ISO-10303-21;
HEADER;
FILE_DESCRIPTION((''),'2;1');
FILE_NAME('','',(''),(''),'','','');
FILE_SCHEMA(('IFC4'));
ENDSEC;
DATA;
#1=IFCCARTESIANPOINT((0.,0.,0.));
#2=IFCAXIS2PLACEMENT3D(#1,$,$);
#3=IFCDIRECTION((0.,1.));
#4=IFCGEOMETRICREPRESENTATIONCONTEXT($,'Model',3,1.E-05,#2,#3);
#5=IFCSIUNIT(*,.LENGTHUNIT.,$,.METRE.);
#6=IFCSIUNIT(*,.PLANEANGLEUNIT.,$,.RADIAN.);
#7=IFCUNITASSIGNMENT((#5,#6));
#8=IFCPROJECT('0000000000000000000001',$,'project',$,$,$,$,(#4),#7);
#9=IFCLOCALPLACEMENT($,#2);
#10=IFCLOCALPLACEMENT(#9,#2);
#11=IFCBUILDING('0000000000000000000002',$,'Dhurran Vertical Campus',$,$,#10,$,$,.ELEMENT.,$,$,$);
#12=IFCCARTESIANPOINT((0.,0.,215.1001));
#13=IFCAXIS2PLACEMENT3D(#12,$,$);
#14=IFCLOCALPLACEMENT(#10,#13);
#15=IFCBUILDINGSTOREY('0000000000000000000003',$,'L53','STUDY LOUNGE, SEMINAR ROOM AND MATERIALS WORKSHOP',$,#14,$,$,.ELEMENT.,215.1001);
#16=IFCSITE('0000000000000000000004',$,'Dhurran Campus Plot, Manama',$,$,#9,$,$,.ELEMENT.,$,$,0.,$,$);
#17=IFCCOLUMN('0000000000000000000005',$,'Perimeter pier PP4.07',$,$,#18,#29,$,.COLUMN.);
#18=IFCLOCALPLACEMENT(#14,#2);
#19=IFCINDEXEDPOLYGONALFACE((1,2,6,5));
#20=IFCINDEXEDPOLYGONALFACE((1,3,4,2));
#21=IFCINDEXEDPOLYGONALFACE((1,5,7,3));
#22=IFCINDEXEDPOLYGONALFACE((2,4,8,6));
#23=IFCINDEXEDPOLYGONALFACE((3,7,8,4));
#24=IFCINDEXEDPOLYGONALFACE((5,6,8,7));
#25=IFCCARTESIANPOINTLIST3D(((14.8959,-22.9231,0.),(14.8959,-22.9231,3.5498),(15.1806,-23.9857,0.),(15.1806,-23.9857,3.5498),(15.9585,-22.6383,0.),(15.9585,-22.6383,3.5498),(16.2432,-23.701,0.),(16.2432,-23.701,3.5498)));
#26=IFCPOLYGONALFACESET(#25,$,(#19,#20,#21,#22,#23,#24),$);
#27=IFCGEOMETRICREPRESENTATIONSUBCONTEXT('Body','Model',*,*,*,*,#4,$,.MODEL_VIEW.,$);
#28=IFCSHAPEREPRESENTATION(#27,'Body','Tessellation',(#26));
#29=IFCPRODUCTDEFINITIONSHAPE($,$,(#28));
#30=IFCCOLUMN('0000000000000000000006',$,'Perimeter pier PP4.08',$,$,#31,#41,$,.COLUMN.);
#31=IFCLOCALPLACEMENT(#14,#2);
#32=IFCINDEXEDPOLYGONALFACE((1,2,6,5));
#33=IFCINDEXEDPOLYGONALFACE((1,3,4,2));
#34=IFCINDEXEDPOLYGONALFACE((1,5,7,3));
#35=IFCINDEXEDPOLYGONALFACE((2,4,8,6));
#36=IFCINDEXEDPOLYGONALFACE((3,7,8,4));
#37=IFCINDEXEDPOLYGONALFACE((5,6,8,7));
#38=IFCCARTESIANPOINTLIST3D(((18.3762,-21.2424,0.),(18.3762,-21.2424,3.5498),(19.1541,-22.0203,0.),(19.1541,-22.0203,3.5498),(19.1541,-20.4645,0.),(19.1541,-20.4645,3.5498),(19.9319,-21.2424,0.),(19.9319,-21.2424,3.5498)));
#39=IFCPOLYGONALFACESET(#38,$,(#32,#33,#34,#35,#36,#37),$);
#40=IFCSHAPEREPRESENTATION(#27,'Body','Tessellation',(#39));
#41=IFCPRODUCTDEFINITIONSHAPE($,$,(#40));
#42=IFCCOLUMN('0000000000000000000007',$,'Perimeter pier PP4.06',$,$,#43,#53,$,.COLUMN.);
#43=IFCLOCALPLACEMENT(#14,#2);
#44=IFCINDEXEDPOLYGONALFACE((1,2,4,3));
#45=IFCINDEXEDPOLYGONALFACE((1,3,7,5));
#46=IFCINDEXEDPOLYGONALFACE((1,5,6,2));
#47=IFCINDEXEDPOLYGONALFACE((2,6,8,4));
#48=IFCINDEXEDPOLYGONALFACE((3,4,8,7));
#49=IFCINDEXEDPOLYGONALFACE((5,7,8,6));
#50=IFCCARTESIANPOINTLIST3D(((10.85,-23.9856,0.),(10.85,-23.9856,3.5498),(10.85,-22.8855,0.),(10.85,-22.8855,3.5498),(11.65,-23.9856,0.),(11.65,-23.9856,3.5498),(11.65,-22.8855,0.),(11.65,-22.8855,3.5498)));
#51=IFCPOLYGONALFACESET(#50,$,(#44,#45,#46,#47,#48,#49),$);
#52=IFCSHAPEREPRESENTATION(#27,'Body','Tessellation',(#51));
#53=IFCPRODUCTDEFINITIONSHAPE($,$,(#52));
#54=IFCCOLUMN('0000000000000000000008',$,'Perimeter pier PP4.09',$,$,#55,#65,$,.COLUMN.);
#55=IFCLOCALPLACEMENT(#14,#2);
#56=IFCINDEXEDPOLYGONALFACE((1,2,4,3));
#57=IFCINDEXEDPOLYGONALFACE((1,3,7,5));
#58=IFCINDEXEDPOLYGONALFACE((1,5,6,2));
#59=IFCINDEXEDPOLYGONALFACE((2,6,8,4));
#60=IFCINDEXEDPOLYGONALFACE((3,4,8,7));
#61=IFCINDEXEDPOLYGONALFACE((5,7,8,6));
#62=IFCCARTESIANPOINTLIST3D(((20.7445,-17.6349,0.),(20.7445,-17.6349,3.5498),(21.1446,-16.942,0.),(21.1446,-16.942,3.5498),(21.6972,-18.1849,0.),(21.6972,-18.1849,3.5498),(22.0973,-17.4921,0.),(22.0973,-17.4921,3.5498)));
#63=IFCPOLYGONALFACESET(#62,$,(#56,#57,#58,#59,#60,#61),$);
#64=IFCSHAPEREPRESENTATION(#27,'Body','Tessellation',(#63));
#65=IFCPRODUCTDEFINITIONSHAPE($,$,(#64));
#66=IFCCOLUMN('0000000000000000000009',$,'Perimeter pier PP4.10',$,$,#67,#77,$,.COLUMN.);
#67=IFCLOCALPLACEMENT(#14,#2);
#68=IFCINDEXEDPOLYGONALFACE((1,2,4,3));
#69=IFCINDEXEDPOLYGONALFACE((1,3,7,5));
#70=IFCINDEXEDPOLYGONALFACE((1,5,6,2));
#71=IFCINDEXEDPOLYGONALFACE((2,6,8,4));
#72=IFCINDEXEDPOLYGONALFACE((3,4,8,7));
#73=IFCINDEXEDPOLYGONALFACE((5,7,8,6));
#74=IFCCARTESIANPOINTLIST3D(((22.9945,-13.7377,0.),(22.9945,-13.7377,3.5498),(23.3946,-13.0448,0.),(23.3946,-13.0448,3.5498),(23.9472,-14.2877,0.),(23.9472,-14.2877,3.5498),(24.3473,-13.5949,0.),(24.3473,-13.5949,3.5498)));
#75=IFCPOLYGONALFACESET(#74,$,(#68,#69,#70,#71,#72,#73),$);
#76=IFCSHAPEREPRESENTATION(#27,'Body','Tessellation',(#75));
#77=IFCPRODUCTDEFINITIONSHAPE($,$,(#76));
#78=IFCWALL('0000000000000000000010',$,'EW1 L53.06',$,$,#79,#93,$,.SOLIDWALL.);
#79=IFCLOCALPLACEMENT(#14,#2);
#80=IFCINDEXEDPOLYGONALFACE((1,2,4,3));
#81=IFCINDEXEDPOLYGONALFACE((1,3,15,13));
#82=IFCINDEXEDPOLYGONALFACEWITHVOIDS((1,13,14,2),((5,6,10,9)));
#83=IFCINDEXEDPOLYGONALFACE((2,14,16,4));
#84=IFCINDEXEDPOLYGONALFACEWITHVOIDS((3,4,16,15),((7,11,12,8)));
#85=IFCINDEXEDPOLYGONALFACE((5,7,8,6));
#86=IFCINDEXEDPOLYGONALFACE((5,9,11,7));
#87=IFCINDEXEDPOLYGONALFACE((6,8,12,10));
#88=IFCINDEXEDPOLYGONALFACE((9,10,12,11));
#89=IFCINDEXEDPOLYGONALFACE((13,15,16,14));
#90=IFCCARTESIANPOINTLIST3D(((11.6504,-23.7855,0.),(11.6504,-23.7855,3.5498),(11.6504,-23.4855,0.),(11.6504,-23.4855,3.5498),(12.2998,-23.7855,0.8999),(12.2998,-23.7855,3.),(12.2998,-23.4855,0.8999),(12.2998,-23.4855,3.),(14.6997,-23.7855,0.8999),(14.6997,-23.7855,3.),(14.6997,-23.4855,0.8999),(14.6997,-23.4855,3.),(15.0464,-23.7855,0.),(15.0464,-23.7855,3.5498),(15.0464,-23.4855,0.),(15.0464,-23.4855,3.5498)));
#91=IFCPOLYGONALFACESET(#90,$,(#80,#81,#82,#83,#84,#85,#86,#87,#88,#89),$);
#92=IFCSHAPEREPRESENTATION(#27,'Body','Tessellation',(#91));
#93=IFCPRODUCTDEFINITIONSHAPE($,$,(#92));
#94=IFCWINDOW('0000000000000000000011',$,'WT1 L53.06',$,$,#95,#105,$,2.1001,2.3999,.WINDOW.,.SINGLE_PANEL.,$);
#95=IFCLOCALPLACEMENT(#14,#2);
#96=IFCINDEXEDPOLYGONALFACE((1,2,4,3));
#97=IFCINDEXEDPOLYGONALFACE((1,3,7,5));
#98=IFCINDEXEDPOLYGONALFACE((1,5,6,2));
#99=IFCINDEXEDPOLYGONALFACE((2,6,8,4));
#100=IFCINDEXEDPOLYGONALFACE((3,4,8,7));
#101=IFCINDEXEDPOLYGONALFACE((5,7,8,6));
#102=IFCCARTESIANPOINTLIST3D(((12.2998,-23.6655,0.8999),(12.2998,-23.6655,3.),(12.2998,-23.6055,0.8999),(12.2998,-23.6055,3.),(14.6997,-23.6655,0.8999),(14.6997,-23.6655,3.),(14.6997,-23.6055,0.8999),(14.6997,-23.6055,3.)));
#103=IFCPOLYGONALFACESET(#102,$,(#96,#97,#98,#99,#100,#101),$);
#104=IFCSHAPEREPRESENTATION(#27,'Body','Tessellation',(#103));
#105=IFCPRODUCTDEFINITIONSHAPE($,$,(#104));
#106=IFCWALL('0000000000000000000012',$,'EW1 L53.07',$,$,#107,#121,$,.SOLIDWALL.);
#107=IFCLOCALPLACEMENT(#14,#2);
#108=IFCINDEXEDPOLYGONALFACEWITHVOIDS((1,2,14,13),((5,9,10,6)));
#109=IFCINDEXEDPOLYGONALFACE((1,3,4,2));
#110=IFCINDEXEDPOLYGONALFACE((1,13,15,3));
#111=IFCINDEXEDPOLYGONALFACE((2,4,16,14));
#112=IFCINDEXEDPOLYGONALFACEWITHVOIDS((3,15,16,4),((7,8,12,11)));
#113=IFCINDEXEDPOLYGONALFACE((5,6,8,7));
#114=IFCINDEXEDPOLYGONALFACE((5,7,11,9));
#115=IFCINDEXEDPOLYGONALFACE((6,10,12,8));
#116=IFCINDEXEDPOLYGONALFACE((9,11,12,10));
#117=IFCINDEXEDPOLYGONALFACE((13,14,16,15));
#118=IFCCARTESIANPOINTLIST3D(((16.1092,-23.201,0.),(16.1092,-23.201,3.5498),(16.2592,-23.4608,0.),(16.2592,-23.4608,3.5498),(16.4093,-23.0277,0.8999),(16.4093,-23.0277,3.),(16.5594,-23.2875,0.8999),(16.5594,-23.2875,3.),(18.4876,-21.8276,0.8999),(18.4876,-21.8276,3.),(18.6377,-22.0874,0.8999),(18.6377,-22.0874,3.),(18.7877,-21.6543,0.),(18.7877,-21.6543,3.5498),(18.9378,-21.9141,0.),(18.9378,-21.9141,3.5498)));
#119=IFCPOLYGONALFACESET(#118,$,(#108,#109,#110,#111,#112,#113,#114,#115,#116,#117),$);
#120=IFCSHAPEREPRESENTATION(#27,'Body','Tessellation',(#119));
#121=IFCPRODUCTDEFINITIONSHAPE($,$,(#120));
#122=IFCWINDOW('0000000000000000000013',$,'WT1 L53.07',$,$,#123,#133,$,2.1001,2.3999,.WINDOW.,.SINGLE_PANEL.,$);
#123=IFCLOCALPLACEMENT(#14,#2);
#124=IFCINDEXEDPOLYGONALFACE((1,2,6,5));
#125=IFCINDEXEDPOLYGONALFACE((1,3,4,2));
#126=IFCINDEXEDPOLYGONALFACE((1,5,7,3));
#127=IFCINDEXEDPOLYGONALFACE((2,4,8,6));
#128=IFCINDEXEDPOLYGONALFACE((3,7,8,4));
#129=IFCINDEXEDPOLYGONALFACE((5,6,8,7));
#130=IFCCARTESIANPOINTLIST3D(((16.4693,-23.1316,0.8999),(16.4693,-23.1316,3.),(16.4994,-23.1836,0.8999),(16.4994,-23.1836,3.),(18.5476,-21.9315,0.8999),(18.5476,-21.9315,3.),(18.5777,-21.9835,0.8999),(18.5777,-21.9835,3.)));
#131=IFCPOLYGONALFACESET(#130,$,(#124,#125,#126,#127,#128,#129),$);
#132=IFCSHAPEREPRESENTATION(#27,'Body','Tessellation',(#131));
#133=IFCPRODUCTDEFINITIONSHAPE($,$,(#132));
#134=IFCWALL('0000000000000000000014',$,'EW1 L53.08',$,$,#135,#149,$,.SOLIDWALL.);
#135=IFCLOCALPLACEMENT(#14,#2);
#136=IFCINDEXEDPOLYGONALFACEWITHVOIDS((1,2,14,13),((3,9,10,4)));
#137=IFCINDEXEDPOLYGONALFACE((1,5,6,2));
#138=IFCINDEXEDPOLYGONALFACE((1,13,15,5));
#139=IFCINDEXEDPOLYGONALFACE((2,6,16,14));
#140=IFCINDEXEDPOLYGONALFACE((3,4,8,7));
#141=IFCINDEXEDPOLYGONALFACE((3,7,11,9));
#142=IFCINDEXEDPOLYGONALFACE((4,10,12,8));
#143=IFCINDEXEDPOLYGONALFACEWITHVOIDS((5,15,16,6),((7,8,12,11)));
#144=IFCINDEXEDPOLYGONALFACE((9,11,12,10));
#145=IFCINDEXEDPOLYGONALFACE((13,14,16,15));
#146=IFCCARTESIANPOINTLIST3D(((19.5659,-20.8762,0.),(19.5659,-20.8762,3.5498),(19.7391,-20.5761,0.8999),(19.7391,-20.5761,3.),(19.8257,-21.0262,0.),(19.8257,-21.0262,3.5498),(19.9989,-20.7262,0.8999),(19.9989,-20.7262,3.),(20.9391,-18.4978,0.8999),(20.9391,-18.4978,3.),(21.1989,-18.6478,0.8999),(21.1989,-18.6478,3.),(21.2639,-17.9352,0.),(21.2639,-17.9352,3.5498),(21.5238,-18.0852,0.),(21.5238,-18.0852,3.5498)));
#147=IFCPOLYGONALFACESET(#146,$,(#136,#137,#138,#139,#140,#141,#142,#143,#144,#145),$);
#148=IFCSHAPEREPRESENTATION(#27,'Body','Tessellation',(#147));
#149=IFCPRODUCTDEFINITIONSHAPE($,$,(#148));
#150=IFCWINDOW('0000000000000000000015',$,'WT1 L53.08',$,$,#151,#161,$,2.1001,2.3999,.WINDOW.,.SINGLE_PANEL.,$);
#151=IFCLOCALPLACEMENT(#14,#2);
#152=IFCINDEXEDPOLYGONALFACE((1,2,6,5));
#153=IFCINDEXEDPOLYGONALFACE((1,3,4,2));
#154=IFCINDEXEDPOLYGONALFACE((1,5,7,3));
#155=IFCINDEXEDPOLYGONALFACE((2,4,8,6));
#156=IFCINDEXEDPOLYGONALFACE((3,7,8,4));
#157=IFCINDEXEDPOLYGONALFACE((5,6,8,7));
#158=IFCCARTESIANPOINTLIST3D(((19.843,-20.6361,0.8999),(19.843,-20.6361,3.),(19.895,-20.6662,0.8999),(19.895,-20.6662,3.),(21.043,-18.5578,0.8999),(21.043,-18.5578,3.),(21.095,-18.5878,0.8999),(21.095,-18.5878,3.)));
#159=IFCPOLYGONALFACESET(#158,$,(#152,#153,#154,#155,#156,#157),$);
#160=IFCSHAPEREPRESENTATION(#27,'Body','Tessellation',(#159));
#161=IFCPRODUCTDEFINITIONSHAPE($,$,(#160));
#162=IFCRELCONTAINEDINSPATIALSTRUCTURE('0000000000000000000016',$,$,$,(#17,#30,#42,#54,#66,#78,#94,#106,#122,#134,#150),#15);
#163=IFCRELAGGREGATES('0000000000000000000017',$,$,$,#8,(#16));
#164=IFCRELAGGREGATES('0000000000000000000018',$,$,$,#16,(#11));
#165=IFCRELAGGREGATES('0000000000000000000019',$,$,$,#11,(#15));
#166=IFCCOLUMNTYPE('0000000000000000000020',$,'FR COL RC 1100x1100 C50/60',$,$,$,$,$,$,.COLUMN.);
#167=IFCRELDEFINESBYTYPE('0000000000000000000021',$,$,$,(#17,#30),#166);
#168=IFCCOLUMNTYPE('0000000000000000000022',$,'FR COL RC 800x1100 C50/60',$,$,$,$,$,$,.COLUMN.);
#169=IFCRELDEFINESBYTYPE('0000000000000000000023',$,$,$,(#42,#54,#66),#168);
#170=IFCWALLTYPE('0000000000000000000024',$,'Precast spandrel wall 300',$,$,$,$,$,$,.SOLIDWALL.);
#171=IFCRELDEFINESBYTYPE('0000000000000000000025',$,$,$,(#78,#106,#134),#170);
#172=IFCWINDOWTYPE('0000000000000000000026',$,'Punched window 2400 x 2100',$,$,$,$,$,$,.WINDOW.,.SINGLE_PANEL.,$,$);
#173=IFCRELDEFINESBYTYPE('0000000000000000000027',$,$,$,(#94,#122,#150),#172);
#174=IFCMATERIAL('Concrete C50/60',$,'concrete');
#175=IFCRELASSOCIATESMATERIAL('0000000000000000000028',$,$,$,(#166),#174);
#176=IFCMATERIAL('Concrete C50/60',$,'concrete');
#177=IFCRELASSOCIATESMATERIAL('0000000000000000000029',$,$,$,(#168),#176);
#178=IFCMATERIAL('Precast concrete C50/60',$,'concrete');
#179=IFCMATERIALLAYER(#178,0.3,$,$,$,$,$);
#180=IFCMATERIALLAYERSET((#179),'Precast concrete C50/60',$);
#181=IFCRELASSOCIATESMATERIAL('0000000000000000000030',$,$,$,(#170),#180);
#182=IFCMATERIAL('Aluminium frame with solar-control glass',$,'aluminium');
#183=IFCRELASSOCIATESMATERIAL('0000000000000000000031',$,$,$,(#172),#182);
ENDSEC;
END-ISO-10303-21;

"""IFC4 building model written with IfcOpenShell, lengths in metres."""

from ifc_helpers import new_model, si_unit, direction, frame, frame_2d, origin, origin_2d, place, context, subcontext, project, spatial, rectangle, extrude, material, layer, layer_set, material_profile, profile_set, type_object, element, fill, save


model = new_model("IFC4")

# Units and contexts
model_context = context("Model", 3, precision=1e-05, world=origin(), true_north=direction((0.0, 1.0)))
body_context = subcontext(model_context, "Body", "Model", "MODEL_VIEW")
ifc_project = project(units=[si_unit("LENGTHUNIT", "METRE"), si_unit("PLANEANGLEUNIT", "RADIAN")], contexts=[model_context])

# Site, building, storey
site_placement = place(None, origin())
site = spatial("IfcSite", under=ifc_project, at=site_placement, Name="Dhurran Campus Plot, Manama", CompositionType="ELEMENT", RefElevation=0.0)
building_placement = place(site_placement, origin())
building = spatial("IfcBuilding", under=site, at=building_placement, Name="Dhurran Vertical Campus", CompositionType="ELEMENT")
storey_placement = place(building_placement, frame((0.0, 0.0, 215.1001)))
storey = spatial("IfcBuildingStorey", under=building, at=storey_placement, Name="L53", Description="STUDY LOUNGE, SEMINAR ROOM AND MATERIALS WORKSHOP", CompositionType="ELEMENT", Elevation=215.1001)

# Columns
ifc_material_1 = material(Name="Concrete C50/60", Category="concrete")
ifc_material_profile_1 = material_profile(ifc_material_1, rectangle(XDim=1.1001, YDim=1.1001, at=origin_2d()), Name="RC 1100x1100")
ifc_profile_set_1 = profile_set([ifc_material_profile_1], Name="Concrete C50/60")
column_type_1 = type_object("IfcColumnType", Name="FR COL RC 1100x1100 C50/60", PredefinedType="COLUMN", material=ifc_profile_set_1)
for number, where, z_axis, x_axis, name in (
    (1, (15.5696, -23.312, 0.0), (0.0, 0.0, 1.0), (0.965926, 0.258819, 0.0), "Perimeter pier PP4.07"),
    (2, (19.1541, -21.2424, 0.0), (0.0, 0.0, 1.0), (0.707107, 0.707107, 0.0), "Perimeter pier PP4.08"),
):
    element("IfcColumn", number, at=place(storey_placement, frame(where, z_axis=z_axis, x_axis=x_axis)), inside=storey, type_object=column_type_1, Name=name, PredefinedType="COLUMN", context=body_context, shape_type="SweptSolid", body=[
        extrude(rectangle(XDim=1.1001, YDim=1.1001, at=origin_2d()), origin(), (0.0, 0.0, 1.0), 3.5498),
    ])
ifc_material_2 = material(Name="Concrete C50/60", Category="concrete")
ifc_material_profile_2 = material_profile(ifc_material_2, rectangle(XDim=0.8, YDim=1.1001, at=origin_2d()), Name="RC 800x1100")
ifc_profile_set_2 = profile_set([ifc_material_profile_2], Name="Concrete C50/60")
column_type_2 = type_object("IfcColumnType", Name="FR COL RC 800x1100 C50/60", PredefinedType="COLUMN", material=ifc_profile_set_2)
for number, where, z_axis, x_axis, name in (
    (3, (11.25, -23.4355, 0.0), (0.0, 0.0, 1.0), (1.0, 0.0, 0.0), "Perimeter pier PP4.06"),
    (4, (21.4209, -17.5635, 0.0), (0.0, 0.0, 1.0), (0.5, 0.866025, 0.0), "Perimeter pier PP4.09"),
    (5, (23.6709, -13.6663, 0.0), (0.0, 0.0, 1.0), (0.5, 0.866025, 0.0), "Perimeter pier PP4.10"),
):
    element("IfcColumn", number, at=place(storey_placement, frame(where, z_axis=z_axis, x_axis=x_axis)), inside=storey, type_object=column_type_2, Name=name, PredefinedType="COLUMN", context=body_context, shape_type="SweptSolid", body=[
        extrude(rectangle(XDim=0.8, YDim=1.1001, at=origin_2d()), origin(), (0.0, 0.0, 1.0), 3.5498),
    ])

# Walls, openings, windows
ifc_material_3 = material(Name="Precast concrete C50/60", Category="concrete")
ifc_layer_1 = layer(ifc_material_3, 0.3)
ifc_layer_set_1 = layer_set([ifc_layer_1], Name="Precast concrete C50/60")
wall_type_1 = type_object("IfcWallType", Name="Precast spandrel wall 300", PredefinedType="SOLIDWALL", material=ifc_layer_set_1)
wall_1_placement = place(storey_placement, frame((11.6504, -23.6355, 0.0), z_axis=(0.0, 0.0, 1.0), x_axis=(1.0, 0.0, 0.0)))
wall_1 = element("IfcWall", 6, at=wall_1_placement, inside=storey, type_object=wall_type_1, Name="EW1 L53.06", PredefinedType="SOLIDWALL", context=body_context, shape_type="SweptSolid", body=[
    extrude(rectangle(XDim=3.396, YDim=0.3, at=frame_2d((1.698, 0.0))), origin(), (0.0, 0.0, 1.0), 3.5498),
])
opening_1_placement = place(wall_1_placement, frame((0.6494, 0.0, 0.8999)))
opening_1 = element("IfcOpeningElement", 7, at=opening_1_placement, cuts=wall_1, PredefinedType="OPENING", context=body_context, shape_type="SweptSolid", body=[
    extrude(rectangle(XDim=2.3999, YDim=2.1001, at=frame_2d((1.2, 1.05))), frame((0.0, 0.1599, 0.0), z_axis=(0.0, -1.0, 0.0), x_axis=(1.0, 0.0, 0.0)), (0.0, 0.0, 1.0), 0.3201),
])
ifc_material_4 = material(Name="Aluminium frame with solar-control glass", Category="aluminium")
window_type = type_object("IfcWindowType", Name="Punched window 2400 x 2100", PartitioningType="SINGLE_PANEL", PredefinedType="WINDOW", material=ifc_material_4)
window_1_placement = place(opening_1_placement, origin())
window_1 = element("IfcWindow", 8, at=window_1_placement, inside=storey, type_object=window_type, Name="WT1 L53.06", OverallHeight=2.1001, OverallWidth=2.3999, PartitioningType="SINGLE_PANEL", PredefinedType="WINDOW", context=body_context, shape_type="SweptSolid", body=[
    extrude(rectangle(XDim=2.3999, YDim=2.1001, at=frame_2d((1.2, 1.05))), frame((0.0, 0.03, 0.0), z_axis=(0.0, -1.0, 0.0), x_axis=(1.0, 0.0, 0.0)), (0.0, 0.0, 1.0), 0.0601),
])
fill(opening_1, window_1)
wall_2_placement = place(storey_placement, frame((16.1843, -23.3308, 0.0), z_axis=(0.0, 0.0, 1.0), x_axis=(0.865995, 0.500053, 0.0)))
wall_2 = element("IfcWall", 9, at=wall_2_placement, inside=storey, type_object=wall_type_1, Name="EW1 L53.07", PredefinedType="SOLIDWALL", context=body_context, shape_type="SweptSolid", body=[
    extrude(rectangle(XDim=3.093, YDim=0.3, at=frame_2d((1.5464, 0.0))), origin(), (0.0, 0.0, 1.0), 3.5498),
])
opening_2_placement = place(wall_2_placement, frame((0.3464, 0.0, 0.8999)))
opening_2 = element("IfcOpeningElement", 10, at=opening_2_placement, cuts=wall_2, PredefinedType="OPENING", context=body_context, shape_type="SweptSolid", body=[
    extrude(rectangle(XDim=2.3999, YDim=2.1001, at=frame_2d((1.2, 1.05))), frame((0.0, 0.1599, 0.0), z_axis=(0.0, -1.0, 0.0), x_axis=(1.0, 0.0, 0.0)), (0.0, 0.0, 1.0), 0.3201),
])
window_2_placement = place(opening_2_placement, origin())
window_2 = element("IfcWindow", 11, at=window_2_placement, inside=storey, type_object=window_type, Name="WT1 L53.07", OverallHeight=2.1001, OverallWidth=2.3999, PartitioningType="SINGLE_PANEL", PredefinedType="WINDOW", context=body_context, shape_type="SweptSolid", body=[
    extrude(rectangle(XDim=2.3999, YDim=2.1001, at=frame_2d((1.2, 1.05))), frame((0.0, 0.03, 0.0), z_axis=(0.0, -1.0, 0.0), x_axis=(1.0, 0.0, 0.0)), (0.0, 0.0, 1.0), 0.0601),
])
fill(opening_2, window_2)
wall_3_placement = place(storey_placement, frame((19.6958, -20.9512, 0.0), z_axis=(0.0, 0.0, 1.0), x_axis=(0.500013, 0.866018, 0.0)))
wall_3 = element("IfcWall", 12, at=wall_3_placement, inside=storey, type_object=wall_type_1, Name="EW1 L53.08", PredefinedType="SOLIDWALL", context=body_context, shape_type="SweptSolid", body=[
    extrude(rectangle(XDim=3.396, YDim=0.3, at=frame_2d((1.698, 0.0))), origin(), (0.0, 0.0, 1.0), 3.5498),
])
opening_3_placement = place(wall_3_placement, frame((0.3464, 0.0, 0.8999)))
opening_3 = element("IfcOpeningElement", 13, at=opening_3_placement, cuts=wall_3, PredefinedType="OPENING", context=body_context, shape_type="SweptSolid", body=[
    extrude(rectangle(XDim=2.3999, YDim=2.1001, at=frame_2d((1.2, 1.05))), frame((0.0, 0.1599, 0.0), z_axis=(0.0, -1.0, 0.0), x_axis=(1.0, 0.0, 0.0)), (0.0, 0.0, 1.0), 0.3201),
])
window_3_placement = place(opening_3_placement, origin())
window_3 = element("IfcWindow", 14, at=window_3_placement, inside=storey, type_object=window_type, Name="WT1 L53.08", OverallHeight=2.1001, OverallWidth=2.3999, PartitioningType="SINGLE_PANEL", PredefinedType="WINDOW", context=body_context, shape_type="SweptSolid", body=[
    extrude(rectangle(XDim=2.3999, YDim=2.1001, at=frame_2d((1.2, 1.05))), frame((0.0, 0.03, 0.0), z_axis=(0.0, -1.0, 0.0), x_axis=(1.0, 0.0, 0.0)), (0.0, 0.0, 1.0), 0.0601),
])
fill(opening_3, window_3)

save(model, "model.ifc")
